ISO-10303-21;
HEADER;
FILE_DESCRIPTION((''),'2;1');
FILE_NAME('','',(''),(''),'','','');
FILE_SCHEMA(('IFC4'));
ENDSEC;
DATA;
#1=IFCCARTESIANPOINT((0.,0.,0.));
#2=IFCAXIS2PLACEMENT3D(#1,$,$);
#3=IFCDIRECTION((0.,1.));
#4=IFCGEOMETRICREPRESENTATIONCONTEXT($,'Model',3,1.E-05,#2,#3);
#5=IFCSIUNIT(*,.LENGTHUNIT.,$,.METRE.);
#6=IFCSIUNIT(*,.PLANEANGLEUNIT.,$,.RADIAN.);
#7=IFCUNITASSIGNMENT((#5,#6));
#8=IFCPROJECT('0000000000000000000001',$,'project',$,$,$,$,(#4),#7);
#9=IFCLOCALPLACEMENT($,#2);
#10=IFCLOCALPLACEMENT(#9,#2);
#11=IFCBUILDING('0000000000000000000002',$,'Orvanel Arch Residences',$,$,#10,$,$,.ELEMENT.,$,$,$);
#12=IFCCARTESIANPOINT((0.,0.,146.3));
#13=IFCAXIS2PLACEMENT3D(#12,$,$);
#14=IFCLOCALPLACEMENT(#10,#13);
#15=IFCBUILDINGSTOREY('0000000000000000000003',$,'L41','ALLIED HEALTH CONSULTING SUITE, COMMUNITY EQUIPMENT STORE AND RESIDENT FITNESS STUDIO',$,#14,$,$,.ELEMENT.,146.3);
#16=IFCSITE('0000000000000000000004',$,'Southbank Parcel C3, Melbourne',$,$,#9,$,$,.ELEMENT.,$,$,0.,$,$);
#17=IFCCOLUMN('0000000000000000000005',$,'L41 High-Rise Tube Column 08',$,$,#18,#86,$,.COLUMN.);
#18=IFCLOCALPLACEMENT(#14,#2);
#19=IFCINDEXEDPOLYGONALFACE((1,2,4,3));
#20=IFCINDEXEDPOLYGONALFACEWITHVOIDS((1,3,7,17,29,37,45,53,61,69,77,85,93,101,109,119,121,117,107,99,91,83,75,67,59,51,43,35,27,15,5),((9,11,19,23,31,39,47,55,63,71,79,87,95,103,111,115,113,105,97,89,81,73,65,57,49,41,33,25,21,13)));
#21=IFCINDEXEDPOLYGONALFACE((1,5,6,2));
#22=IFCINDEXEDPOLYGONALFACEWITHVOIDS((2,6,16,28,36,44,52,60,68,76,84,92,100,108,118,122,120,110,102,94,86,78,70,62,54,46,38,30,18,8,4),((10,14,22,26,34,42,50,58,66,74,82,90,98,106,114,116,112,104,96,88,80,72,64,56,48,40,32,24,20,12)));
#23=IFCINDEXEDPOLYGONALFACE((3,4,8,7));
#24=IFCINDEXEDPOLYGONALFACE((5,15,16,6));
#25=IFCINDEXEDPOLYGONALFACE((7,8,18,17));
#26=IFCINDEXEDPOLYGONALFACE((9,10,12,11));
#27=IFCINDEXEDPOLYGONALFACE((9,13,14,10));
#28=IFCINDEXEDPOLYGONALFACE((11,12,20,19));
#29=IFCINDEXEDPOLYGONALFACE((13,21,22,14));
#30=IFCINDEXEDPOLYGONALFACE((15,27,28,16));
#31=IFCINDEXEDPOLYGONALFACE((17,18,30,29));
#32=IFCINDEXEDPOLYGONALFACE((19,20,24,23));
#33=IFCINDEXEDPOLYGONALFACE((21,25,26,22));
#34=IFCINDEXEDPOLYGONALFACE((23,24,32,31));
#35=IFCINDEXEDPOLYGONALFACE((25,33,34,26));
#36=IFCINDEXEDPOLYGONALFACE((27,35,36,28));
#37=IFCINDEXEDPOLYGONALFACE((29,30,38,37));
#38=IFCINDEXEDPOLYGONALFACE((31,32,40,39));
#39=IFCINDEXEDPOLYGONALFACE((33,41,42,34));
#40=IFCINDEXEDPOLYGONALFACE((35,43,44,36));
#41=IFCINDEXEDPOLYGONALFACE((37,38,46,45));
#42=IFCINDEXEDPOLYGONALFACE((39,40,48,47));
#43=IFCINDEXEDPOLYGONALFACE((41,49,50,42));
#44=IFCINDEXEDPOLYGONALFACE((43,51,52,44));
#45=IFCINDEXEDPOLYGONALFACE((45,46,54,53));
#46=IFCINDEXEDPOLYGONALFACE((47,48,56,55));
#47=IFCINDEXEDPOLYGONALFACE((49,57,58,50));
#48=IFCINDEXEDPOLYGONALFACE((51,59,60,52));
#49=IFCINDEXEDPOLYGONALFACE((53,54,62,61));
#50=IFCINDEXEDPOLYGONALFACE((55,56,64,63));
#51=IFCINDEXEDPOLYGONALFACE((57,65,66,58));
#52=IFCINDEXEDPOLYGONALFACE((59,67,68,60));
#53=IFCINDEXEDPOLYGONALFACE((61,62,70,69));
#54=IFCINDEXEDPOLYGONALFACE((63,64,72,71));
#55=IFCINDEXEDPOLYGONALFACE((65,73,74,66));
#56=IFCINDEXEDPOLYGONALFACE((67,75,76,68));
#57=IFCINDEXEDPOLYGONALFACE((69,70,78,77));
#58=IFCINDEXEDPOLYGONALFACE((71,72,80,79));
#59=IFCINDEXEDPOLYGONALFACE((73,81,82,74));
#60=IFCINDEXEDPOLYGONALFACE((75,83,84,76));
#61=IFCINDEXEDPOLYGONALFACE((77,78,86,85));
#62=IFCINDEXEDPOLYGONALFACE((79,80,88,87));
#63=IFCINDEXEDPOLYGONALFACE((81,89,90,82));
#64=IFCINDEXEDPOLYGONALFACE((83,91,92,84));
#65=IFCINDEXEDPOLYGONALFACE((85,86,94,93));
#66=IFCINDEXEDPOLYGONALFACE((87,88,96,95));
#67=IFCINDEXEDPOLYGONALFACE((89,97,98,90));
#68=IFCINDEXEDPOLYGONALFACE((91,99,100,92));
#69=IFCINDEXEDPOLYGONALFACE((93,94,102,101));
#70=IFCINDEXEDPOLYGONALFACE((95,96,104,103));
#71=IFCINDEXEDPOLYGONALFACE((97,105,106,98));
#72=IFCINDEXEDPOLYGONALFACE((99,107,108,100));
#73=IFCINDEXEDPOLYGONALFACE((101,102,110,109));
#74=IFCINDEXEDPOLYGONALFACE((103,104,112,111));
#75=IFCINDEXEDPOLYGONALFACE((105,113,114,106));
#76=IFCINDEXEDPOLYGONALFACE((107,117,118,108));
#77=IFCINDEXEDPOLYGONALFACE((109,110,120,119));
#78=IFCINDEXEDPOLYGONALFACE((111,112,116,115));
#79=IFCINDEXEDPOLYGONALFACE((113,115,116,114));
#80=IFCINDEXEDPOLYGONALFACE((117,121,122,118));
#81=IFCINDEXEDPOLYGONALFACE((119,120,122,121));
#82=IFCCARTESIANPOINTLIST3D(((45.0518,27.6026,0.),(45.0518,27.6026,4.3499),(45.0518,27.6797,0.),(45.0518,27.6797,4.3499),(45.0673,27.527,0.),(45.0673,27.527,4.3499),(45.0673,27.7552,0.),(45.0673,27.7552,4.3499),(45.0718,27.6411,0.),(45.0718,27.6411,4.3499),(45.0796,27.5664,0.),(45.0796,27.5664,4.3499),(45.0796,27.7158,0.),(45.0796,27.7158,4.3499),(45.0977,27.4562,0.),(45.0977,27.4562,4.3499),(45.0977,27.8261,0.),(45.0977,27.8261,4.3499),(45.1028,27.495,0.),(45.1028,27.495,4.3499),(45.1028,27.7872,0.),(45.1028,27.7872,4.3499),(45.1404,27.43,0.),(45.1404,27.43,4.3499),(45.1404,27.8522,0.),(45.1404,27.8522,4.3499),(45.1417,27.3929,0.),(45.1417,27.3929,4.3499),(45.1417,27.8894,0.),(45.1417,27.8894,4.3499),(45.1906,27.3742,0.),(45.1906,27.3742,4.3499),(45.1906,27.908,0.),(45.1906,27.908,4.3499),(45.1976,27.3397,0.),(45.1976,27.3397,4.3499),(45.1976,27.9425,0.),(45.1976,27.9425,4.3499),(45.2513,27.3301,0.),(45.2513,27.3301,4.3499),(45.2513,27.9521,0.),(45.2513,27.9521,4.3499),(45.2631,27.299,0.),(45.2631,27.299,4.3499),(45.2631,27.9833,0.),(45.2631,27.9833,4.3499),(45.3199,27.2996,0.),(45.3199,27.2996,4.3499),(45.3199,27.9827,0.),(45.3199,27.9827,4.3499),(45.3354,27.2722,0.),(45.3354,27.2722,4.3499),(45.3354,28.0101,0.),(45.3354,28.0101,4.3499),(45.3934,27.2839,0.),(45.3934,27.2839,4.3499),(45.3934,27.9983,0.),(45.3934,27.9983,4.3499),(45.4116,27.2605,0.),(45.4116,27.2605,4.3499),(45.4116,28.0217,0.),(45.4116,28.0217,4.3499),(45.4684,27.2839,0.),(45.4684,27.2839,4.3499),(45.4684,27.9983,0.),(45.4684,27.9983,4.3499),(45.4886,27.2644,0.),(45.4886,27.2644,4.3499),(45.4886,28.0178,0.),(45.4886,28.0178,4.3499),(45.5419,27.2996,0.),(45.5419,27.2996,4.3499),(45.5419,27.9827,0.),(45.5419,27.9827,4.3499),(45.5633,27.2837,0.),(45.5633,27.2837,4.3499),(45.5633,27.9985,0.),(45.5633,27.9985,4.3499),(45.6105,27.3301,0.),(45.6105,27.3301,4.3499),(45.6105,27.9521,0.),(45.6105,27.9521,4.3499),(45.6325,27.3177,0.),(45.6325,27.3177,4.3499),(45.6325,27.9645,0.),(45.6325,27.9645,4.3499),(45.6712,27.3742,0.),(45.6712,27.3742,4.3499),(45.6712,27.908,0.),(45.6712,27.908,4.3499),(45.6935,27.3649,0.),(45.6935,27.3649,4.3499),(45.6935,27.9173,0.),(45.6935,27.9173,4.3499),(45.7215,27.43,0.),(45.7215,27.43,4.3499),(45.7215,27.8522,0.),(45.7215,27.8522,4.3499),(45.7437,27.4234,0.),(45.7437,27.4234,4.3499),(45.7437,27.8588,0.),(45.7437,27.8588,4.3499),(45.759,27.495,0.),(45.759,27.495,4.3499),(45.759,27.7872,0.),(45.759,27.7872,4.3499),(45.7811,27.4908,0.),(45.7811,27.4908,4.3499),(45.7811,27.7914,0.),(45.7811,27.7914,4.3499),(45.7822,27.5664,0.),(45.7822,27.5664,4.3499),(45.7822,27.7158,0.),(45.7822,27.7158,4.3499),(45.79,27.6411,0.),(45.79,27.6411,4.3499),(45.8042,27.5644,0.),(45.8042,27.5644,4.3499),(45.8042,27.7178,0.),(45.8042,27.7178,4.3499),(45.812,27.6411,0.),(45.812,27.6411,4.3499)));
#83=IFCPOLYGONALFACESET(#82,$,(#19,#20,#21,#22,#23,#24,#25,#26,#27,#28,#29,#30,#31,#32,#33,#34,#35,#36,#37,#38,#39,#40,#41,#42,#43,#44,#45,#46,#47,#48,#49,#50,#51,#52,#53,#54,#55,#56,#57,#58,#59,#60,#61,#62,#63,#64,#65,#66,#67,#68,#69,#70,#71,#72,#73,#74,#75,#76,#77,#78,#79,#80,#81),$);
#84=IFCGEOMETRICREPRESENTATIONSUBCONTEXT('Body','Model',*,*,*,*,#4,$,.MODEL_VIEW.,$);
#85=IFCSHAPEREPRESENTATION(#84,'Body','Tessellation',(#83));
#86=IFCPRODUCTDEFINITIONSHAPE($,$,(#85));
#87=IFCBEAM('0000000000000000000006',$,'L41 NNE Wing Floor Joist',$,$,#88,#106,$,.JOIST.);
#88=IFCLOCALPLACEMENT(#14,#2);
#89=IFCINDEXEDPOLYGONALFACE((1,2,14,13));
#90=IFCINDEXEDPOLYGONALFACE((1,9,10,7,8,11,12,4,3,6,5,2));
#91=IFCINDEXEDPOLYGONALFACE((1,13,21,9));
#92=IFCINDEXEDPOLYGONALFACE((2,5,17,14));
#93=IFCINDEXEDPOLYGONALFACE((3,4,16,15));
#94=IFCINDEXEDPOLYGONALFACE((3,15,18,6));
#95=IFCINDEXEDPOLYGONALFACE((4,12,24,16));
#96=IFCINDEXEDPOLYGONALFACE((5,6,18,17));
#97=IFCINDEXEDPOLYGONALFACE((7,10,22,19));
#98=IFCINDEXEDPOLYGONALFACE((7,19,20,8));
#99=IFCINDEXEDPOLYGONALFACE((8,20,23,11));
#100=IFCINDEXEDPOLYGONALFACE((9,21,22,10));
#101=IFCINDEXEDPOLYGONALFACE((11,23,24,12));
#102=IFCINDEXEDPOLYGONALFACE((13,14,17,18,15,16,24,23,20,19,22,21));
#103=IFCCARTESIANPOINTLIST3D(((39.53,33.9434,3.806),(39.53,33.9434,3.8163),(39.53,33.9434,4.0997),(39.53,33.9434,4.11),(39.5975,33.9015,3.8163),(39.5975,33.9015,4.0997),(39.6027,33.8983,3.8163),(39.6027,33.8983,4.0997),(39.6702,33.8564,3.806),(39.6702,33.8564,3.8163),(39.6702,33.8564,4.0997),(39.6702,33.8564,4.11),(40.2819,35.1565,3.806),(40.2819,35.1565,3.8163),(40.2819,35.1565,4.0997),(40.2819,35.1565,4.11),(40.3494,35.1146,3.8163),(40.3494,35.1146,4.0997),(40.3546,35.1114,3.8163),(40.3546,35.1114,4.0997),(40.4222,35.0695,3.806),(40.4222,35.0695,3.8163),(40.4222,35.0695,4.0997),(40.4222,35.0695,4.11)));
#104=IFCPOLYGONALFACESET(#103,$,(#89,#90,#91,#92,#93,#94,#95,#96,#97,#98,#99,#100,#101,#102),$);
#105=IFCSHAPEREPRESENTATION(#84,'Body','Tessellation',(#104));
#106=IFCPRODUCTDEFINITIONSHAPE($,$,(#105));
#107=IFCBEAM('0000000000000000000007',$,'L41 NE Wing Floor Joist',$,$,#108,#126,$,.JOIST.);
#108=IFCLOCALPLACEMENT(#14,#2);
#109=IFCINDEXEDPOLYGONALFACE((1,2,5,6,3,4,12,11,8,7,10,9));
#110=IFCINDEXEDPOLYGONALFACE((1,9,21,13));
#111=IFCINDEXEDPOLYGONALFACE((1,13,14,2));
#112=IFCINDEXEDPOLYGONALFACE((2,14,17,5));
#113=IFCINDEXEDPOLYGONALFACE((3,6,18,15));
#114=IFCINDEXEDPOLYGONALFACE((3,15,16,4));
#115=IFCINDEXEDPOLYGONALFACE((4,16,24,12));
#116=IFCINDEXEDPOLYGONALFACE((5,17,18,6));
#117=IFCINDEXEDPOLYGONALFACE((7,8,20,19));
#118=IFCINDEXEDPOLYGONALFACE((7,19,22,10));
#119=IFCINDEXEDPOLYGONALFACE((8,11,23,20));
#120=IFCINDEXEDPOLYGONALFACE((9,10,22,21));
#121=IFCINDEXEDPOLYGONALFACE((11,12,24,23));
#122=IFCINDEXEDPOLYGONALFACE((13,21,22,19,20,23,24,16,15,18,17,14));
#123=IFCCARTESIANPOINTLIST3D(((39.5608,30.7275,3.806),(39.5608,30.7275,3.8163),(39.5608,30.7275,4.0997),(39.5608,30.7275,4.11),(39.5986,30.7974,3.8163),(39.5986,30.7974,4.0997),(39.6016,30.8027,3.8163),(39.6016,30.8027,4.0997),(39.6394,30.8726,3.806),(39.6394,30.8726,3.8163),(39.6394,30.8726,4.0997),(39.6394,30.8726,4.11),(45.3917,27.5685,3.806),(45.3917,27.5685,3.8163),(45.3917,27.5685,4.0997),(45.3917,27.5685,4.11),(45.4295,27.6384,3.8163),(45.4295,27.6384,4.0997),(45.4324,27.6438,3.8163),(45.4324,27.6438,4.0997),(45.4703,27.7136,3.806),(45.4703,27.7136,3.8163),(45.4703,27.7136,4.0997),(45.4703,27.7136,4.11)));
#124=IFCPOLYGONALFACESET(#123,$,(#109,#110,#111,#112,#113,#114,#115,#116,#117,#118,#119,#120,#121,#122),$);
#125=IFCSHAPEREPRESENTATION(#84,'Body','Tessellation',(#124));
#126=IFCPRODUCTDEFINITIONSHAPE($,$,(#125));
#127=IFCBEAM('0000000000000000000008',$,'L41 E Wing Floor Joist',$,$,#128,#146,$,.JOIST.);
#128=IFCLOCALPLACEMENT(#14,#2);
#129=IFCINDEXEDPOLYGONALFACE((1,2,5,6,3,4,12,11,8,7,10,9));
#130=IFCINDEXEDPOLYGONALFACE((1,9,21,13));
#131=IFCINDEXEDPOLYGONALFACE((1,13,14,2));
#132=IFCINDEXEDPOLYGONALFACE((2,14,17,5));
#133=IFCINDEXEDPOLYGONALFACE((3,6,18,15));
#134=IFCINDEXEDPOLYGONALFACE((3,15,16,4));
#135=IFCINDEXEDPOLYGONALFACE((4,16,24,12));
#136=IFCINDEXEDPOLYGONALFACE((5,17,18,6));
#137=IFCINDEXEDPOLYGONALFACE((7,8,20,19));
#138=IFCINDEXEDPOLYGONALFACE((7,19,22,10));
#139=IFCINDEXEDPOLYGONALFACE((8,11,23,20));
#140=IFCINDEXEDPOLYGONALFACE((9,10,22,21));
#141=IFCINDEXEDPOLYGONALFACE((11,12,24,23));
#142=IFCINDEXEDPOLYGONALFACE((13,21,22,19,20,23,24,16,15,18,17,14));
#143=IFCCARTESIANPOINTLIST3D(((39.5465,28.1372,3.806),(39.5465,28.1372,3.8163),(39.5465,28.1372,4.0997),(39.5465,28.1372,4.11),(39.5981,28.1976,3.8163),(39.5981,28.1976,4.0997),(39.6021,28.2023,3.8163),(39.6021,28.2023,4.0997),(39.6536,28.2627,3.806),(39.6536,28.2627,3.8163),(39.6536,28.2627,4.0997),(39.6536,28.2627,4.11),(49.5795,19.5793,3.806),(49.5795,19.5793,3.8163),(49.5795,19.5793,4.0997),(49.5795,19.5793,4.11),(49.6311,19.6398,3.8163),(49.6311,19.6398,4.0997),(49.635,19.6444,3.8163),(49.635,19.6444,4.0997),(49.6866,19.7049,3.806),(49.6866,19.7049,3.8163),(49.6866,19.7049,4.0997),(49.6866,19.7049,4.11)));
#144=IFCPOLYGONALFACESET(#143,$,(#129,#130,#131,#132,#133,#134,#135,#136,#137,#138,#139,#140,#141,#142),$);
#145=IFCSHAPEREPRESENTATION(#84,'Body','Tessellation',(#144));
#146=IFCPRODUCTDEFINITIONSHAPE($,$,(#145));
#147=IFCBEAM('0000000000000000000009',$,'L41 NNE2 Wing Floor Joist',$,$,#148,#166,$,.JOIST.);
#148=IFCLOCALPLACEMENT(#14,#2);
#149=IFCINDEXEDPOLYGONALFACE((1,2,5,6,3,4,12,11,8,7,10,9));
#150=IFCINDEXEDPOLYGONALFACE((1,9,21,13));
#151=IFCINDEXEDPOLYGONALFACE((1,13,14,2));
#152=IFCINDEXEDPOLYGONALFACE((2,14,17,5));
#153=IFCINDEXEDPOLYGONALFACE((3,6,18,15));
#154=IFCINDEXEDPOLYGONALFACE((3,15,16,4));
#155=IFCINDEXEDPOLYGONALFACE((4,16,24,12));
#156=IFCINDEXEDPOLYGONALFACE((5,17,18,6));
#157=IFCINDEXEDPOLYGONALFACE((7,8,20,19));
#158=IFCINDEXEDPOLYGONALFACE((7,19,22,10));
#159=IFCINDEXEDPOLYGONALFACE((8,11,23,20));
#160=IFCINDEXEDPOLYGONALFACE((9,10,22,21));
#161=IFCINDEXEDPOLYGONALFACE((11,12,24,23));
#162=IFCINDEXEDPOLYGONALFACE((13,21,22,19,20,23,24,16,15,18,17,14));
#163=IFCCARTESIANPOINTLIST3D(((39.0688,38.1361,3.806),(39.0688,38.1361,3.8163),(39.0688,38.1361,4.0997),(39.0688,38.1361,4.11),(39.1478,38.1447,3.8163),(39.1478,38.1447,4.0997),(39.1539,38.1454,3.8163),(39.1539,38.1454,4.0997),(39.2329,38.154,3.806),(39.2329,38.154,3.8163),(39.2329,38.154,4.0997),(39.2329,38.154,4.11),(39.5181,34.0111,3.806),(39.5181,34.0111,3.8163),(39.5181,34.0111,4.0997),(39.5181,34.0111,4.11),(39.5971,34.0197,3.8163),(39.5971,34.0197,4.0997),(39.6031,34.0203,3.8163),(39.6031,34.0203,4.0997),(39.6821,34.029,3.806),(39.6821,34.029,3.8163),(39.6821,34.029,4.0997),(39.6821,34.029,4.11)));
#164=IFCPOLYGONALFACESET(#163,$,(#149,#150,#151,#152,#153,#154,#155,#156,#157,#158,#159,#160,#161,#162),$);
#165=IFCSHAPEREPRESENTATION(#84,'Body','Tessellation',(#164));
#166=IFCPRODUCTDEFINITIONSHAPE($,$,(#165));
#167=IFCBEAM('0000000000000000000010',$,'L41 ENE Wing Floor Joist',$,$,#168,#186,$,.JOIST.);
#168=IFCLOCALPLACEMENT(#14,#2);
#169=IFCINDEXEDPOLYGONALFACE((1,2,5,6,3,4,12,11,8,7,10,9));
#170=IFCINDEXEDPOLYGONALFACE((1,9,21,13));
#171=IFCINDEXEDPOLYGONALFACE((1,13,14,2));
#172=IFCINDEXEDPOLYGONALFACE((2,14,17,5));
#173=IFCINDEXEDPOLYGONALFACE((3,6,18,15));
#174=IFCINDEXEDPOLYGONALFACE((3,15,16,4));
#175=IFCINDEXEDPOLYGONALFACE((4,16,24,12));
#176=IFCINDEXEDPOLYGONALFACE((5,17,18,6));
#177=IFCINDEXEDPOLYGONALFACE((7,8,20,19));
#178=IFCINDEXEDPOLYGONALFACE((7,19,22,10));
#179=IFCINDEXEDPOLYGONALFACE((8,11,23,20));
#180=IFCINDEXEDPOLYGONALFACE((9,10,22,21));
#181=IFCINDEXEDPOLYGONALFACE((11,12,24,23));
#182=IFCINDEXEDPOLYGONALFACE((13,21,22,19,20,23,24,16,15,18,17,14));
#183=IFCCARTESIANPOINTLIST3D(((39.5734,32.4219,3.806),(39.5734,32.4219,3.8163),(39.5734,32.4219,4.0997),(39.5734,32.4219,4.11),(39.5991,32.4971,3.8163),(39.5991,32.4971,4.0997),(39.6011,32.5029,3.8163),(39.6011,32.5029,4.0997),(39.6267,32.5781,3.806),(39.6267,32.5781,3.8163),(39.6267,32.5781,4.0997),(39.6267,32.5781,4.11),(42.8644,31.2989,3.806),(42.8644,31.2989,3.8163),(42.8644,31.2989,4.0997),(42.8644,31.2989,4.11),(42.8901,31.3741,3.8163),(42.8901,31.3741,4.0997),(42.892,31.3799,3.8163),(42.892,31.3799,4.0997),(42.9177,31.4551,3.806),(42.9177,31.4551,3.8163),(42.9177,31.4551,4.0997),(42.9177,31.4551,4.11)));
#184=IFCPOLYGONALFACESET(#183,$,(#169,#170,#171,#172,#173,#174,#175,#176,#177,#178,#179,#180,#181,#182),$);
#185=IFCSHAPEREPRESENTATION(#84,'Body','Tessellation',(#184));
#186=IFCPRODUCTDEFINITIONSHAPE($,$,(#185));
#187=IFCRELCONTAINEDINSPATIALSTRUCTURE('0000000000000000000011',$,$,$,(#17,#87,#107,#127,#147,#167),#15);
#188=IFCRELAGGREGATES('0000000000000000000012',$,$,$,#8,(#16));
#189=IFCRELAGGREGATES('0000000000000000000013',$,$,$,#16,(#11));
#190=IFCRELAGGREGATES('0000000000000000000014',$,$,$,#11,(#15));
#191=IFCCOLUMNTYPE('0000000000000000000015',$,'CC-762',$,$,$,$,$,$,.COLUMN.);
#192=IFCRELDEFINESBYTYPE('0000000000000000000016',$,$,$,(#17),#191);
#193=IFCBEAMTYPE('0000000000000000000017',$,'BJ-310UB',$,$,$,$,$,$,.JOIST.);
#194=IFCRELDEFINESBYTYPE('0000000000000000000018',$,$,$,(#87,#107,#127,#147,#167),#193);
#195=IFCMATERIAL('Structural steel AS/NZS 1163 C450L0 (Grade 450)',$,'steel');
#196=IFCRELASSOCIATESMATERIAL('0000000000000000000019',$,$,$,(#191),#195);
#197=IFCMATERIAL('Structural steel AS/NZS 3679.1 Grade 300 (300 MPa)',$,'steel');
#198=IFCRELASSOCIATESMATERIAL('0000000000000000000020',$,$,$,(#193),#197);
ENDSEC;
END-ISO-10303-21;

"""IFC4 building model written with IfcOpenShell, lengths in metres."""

from ifc_helpers import new_model, si_unit, direction, frame, origin, origin_2d, place, context, subcontext, project, spatial, hollow_circle, i_section, extrude, material, material_profile, profile_set, type_object, element, save


model = new_model("IFC4")

# Units and contexts
model_context = context("Model", 3, precision=1e-05, world=origin(), true_north=direction((0.0, 1.0)))
body_context = subcontext(model_context, "Body", "Model", "MODEL_VIEW")
ifc_project = project(units=[si_unit("LENGTHUNIT", "METRE"), si_unit("PLANEANGLEUNIT", "RADIAN")], contexts=[model_context])

# Site, building, storey
site_placement = place(None, origin())
site = spatial("IfcSite", under=ifc_project, at=site_placement, Name="Southbank Parcel C3, Melbourne", CompositionType="ELEMENT", RefElevation=0.0)
building_placement = place(site_placement, origin())
building = spatial("IfcBuilding", under=site, at=building_placement, Name="Orvanel Arch Residences", CompositionType="ELEMENT")
storey_placement = place(building_placement, frame((0.0, 0.0, 146.3)))
storey = spatial("IfcBuildingStorey", under=building, at=storey_placement, Name="L41", Description="ALLIED HEALTH CONSULTING SUITE, COMMUNITY EQUIPMENT STORE AND RESIDENT FITNESS STUDIO", CompositionType="ELEMENT", Elevation=146.3)

# Column
ifc_material_1 = material(Name="Structural steel AS/NZS 1163 C450L0 (Grade 450)", Category="steel")
ifc_material_profile_1 = material_profile(ifc_material_1, hollow_circle(Radius=0.3811, WallThickness=0.022, at=origin_2d()), Name="CHS762x22")
ifc_profile_set_1 = profile_set([ifc_material_profile_1], Name="Structural steel AS/NZS 1163 C450L0 (Grade 450)")
column_type = type_object("IfcColumnType", Name="CC-762", PredefinedType="COLUMN", material=ifc_profile_set_1)
column_placement = place(storey_placement, frame((45.4309, 27.6411, 0.0), z_axis=(0.0, 0.0, 1.0), x_axis=(1.0, 0.0, 0.0)))
element("IfcColumn", 1, at=column_placement, inside=storey, type_object=column_type, Name="L41 High-Rise Tube Column 08", PredefinedType="COLUMN", context=body_context, shape_type="SweptSolid", body=[
    extrude(hollow_circle(Radius=0.3811, WallThickness=0.022, at=origin_2d()), origin(), (0.0, 0.0, 1.0), 4.3499),
])

# Beams
ifc_material_2 = material(Name="Structural steel AS/NZS 3679.1 Grade 300 (300 MPa)", Category="steel")
ifc_material_profile_2 = material_profile(ifc_material_2, i_section(OverallWidth=0.165, OverallDepth=0.304, WebThickness=0.0061, FlangeThickness=0.0103, at=origin_2d()), Name="310UB40.4")
ifc_profile_set_2 = profile_set([ifc_material_profile_2], Name="Structural steel AS/NZS 3679.1 Grade 300 (300 MPa)")
beam_type_1 = type_object("IfcBeamType", Name="BJ-310UB", PredefinedType="JOIST", material=ifc_profile_set_2)
beam_1_placement = place(storey_placement, frame((39.6001, 33.8999, 3.958), z_axis=(0.526843, 0.849962, 0.0), x_axis=(-0.849962, 0.526843, 0.0)))
element("IfcBeam", 2, at=beam_1_placement, inside=storey, type_object=beam_type_1, Name="L41 NNE Wing Floor Joist", PredefinedType="JOIST", context=body_context, shape_type="SweptSolid", body=[
    extrude(i_section(OverallWidth=0.165, OverallDepth=0.304, WebThickness=0.0061, FlangeThickness=0.0103, at=origin_2d()), origin(), (0.0, 0.0, 1.0), 1.4272),
])
beam_2_placement = place(storey_placement, frame((39.6001, 30.8, 3.958), z_axis=(0.879255, -0.476351, 0.0), x_axis=(0.476351, 0.879255, 0.0)))
element("IfcBeam", 3, at=beam_2_placement, inside=storey, type_object=beam_type_1, Name="L41 NE Wing Floor Joist", PredefinedType="JOIST", context=body_context, shape_type="SweptSolid", body=[
    extrude(i_section(OverallWidth=0.165, OverallDepth=0.304, WebThickness=0.0061, FlangeThickness=0.0103, at=origin_2d()), origin(), (0.0, 0.0, 1.0), 6.6316),
])
beam_3_placement = place(storey_placement, frame((39.6001, 28.2, 3.958), z_axis=(0.760821, -0.648961, 0.0), x_axis=(0.648961, 0.760821, 0.0)))
element("IfcBeam", 4, at=beam_3_placement, inside=storey, type_object=beam_type_1, Name="L41 E Wing Floor Joist", PredefinedType="JOIST", context=body_context, shape_type="SweptSolid", body=[
    extrude(i_section(OverallWidth=0.165, OverallDepth=0.304, WebThickness=0.0061, FlangeThickness=0.0103, at=origin_2d()), origin(), (0.0, 0.0, 1.0), 13.187),
])
beam_4_placement = place(storey_placement, frame((39.6001, 34.02, 3.958), z_axis=(-0.108261, 0.994122, 0.0), x_axis=(-0.994122, -0.108261, 0.0)))
element("IfcBeam", 5, at=beam_4_placement, inside=storey, type_object=beam_type_1, Name="L41 NNE2 Wing Floor Joist", PredefinedType="JOIST", context=body_context, shape_type="SweptSolid", body=[
    extrude(i_section(OverallWidth=0.165, OverallDepth=0.304, WebThickness=0.0061, FlangeThickness=0.0103, at=origin_2d()), origin(), (0.0, 0.0, 1.0), 4.1494),
])
beam_5_placement = place(storey_placement, frame((39.6001, 32.5, 3.958), z_axis=(0.946413, -0.32296, 0.0), x_axis=(0.32296, 0.946413, 0.0)))
element("IfcBeam", 6, at=beam_5_placement, inside=storey, type_object=beam_type_1, Name="L41 ENE Wing Floor Joist", PredefinedType="JOIST", context=body_context, shape_type="SweptSolid", body=[
    extrude(i_section(OverallWidth=0.165, OverallDepth=0.304, WebThickness=0.0061, FlangeThickness=0.0103, at=origin_2d()), origin(), (0.0, 0.0, 1.0), 3.4773),
])

save(model, "model.ifc")
